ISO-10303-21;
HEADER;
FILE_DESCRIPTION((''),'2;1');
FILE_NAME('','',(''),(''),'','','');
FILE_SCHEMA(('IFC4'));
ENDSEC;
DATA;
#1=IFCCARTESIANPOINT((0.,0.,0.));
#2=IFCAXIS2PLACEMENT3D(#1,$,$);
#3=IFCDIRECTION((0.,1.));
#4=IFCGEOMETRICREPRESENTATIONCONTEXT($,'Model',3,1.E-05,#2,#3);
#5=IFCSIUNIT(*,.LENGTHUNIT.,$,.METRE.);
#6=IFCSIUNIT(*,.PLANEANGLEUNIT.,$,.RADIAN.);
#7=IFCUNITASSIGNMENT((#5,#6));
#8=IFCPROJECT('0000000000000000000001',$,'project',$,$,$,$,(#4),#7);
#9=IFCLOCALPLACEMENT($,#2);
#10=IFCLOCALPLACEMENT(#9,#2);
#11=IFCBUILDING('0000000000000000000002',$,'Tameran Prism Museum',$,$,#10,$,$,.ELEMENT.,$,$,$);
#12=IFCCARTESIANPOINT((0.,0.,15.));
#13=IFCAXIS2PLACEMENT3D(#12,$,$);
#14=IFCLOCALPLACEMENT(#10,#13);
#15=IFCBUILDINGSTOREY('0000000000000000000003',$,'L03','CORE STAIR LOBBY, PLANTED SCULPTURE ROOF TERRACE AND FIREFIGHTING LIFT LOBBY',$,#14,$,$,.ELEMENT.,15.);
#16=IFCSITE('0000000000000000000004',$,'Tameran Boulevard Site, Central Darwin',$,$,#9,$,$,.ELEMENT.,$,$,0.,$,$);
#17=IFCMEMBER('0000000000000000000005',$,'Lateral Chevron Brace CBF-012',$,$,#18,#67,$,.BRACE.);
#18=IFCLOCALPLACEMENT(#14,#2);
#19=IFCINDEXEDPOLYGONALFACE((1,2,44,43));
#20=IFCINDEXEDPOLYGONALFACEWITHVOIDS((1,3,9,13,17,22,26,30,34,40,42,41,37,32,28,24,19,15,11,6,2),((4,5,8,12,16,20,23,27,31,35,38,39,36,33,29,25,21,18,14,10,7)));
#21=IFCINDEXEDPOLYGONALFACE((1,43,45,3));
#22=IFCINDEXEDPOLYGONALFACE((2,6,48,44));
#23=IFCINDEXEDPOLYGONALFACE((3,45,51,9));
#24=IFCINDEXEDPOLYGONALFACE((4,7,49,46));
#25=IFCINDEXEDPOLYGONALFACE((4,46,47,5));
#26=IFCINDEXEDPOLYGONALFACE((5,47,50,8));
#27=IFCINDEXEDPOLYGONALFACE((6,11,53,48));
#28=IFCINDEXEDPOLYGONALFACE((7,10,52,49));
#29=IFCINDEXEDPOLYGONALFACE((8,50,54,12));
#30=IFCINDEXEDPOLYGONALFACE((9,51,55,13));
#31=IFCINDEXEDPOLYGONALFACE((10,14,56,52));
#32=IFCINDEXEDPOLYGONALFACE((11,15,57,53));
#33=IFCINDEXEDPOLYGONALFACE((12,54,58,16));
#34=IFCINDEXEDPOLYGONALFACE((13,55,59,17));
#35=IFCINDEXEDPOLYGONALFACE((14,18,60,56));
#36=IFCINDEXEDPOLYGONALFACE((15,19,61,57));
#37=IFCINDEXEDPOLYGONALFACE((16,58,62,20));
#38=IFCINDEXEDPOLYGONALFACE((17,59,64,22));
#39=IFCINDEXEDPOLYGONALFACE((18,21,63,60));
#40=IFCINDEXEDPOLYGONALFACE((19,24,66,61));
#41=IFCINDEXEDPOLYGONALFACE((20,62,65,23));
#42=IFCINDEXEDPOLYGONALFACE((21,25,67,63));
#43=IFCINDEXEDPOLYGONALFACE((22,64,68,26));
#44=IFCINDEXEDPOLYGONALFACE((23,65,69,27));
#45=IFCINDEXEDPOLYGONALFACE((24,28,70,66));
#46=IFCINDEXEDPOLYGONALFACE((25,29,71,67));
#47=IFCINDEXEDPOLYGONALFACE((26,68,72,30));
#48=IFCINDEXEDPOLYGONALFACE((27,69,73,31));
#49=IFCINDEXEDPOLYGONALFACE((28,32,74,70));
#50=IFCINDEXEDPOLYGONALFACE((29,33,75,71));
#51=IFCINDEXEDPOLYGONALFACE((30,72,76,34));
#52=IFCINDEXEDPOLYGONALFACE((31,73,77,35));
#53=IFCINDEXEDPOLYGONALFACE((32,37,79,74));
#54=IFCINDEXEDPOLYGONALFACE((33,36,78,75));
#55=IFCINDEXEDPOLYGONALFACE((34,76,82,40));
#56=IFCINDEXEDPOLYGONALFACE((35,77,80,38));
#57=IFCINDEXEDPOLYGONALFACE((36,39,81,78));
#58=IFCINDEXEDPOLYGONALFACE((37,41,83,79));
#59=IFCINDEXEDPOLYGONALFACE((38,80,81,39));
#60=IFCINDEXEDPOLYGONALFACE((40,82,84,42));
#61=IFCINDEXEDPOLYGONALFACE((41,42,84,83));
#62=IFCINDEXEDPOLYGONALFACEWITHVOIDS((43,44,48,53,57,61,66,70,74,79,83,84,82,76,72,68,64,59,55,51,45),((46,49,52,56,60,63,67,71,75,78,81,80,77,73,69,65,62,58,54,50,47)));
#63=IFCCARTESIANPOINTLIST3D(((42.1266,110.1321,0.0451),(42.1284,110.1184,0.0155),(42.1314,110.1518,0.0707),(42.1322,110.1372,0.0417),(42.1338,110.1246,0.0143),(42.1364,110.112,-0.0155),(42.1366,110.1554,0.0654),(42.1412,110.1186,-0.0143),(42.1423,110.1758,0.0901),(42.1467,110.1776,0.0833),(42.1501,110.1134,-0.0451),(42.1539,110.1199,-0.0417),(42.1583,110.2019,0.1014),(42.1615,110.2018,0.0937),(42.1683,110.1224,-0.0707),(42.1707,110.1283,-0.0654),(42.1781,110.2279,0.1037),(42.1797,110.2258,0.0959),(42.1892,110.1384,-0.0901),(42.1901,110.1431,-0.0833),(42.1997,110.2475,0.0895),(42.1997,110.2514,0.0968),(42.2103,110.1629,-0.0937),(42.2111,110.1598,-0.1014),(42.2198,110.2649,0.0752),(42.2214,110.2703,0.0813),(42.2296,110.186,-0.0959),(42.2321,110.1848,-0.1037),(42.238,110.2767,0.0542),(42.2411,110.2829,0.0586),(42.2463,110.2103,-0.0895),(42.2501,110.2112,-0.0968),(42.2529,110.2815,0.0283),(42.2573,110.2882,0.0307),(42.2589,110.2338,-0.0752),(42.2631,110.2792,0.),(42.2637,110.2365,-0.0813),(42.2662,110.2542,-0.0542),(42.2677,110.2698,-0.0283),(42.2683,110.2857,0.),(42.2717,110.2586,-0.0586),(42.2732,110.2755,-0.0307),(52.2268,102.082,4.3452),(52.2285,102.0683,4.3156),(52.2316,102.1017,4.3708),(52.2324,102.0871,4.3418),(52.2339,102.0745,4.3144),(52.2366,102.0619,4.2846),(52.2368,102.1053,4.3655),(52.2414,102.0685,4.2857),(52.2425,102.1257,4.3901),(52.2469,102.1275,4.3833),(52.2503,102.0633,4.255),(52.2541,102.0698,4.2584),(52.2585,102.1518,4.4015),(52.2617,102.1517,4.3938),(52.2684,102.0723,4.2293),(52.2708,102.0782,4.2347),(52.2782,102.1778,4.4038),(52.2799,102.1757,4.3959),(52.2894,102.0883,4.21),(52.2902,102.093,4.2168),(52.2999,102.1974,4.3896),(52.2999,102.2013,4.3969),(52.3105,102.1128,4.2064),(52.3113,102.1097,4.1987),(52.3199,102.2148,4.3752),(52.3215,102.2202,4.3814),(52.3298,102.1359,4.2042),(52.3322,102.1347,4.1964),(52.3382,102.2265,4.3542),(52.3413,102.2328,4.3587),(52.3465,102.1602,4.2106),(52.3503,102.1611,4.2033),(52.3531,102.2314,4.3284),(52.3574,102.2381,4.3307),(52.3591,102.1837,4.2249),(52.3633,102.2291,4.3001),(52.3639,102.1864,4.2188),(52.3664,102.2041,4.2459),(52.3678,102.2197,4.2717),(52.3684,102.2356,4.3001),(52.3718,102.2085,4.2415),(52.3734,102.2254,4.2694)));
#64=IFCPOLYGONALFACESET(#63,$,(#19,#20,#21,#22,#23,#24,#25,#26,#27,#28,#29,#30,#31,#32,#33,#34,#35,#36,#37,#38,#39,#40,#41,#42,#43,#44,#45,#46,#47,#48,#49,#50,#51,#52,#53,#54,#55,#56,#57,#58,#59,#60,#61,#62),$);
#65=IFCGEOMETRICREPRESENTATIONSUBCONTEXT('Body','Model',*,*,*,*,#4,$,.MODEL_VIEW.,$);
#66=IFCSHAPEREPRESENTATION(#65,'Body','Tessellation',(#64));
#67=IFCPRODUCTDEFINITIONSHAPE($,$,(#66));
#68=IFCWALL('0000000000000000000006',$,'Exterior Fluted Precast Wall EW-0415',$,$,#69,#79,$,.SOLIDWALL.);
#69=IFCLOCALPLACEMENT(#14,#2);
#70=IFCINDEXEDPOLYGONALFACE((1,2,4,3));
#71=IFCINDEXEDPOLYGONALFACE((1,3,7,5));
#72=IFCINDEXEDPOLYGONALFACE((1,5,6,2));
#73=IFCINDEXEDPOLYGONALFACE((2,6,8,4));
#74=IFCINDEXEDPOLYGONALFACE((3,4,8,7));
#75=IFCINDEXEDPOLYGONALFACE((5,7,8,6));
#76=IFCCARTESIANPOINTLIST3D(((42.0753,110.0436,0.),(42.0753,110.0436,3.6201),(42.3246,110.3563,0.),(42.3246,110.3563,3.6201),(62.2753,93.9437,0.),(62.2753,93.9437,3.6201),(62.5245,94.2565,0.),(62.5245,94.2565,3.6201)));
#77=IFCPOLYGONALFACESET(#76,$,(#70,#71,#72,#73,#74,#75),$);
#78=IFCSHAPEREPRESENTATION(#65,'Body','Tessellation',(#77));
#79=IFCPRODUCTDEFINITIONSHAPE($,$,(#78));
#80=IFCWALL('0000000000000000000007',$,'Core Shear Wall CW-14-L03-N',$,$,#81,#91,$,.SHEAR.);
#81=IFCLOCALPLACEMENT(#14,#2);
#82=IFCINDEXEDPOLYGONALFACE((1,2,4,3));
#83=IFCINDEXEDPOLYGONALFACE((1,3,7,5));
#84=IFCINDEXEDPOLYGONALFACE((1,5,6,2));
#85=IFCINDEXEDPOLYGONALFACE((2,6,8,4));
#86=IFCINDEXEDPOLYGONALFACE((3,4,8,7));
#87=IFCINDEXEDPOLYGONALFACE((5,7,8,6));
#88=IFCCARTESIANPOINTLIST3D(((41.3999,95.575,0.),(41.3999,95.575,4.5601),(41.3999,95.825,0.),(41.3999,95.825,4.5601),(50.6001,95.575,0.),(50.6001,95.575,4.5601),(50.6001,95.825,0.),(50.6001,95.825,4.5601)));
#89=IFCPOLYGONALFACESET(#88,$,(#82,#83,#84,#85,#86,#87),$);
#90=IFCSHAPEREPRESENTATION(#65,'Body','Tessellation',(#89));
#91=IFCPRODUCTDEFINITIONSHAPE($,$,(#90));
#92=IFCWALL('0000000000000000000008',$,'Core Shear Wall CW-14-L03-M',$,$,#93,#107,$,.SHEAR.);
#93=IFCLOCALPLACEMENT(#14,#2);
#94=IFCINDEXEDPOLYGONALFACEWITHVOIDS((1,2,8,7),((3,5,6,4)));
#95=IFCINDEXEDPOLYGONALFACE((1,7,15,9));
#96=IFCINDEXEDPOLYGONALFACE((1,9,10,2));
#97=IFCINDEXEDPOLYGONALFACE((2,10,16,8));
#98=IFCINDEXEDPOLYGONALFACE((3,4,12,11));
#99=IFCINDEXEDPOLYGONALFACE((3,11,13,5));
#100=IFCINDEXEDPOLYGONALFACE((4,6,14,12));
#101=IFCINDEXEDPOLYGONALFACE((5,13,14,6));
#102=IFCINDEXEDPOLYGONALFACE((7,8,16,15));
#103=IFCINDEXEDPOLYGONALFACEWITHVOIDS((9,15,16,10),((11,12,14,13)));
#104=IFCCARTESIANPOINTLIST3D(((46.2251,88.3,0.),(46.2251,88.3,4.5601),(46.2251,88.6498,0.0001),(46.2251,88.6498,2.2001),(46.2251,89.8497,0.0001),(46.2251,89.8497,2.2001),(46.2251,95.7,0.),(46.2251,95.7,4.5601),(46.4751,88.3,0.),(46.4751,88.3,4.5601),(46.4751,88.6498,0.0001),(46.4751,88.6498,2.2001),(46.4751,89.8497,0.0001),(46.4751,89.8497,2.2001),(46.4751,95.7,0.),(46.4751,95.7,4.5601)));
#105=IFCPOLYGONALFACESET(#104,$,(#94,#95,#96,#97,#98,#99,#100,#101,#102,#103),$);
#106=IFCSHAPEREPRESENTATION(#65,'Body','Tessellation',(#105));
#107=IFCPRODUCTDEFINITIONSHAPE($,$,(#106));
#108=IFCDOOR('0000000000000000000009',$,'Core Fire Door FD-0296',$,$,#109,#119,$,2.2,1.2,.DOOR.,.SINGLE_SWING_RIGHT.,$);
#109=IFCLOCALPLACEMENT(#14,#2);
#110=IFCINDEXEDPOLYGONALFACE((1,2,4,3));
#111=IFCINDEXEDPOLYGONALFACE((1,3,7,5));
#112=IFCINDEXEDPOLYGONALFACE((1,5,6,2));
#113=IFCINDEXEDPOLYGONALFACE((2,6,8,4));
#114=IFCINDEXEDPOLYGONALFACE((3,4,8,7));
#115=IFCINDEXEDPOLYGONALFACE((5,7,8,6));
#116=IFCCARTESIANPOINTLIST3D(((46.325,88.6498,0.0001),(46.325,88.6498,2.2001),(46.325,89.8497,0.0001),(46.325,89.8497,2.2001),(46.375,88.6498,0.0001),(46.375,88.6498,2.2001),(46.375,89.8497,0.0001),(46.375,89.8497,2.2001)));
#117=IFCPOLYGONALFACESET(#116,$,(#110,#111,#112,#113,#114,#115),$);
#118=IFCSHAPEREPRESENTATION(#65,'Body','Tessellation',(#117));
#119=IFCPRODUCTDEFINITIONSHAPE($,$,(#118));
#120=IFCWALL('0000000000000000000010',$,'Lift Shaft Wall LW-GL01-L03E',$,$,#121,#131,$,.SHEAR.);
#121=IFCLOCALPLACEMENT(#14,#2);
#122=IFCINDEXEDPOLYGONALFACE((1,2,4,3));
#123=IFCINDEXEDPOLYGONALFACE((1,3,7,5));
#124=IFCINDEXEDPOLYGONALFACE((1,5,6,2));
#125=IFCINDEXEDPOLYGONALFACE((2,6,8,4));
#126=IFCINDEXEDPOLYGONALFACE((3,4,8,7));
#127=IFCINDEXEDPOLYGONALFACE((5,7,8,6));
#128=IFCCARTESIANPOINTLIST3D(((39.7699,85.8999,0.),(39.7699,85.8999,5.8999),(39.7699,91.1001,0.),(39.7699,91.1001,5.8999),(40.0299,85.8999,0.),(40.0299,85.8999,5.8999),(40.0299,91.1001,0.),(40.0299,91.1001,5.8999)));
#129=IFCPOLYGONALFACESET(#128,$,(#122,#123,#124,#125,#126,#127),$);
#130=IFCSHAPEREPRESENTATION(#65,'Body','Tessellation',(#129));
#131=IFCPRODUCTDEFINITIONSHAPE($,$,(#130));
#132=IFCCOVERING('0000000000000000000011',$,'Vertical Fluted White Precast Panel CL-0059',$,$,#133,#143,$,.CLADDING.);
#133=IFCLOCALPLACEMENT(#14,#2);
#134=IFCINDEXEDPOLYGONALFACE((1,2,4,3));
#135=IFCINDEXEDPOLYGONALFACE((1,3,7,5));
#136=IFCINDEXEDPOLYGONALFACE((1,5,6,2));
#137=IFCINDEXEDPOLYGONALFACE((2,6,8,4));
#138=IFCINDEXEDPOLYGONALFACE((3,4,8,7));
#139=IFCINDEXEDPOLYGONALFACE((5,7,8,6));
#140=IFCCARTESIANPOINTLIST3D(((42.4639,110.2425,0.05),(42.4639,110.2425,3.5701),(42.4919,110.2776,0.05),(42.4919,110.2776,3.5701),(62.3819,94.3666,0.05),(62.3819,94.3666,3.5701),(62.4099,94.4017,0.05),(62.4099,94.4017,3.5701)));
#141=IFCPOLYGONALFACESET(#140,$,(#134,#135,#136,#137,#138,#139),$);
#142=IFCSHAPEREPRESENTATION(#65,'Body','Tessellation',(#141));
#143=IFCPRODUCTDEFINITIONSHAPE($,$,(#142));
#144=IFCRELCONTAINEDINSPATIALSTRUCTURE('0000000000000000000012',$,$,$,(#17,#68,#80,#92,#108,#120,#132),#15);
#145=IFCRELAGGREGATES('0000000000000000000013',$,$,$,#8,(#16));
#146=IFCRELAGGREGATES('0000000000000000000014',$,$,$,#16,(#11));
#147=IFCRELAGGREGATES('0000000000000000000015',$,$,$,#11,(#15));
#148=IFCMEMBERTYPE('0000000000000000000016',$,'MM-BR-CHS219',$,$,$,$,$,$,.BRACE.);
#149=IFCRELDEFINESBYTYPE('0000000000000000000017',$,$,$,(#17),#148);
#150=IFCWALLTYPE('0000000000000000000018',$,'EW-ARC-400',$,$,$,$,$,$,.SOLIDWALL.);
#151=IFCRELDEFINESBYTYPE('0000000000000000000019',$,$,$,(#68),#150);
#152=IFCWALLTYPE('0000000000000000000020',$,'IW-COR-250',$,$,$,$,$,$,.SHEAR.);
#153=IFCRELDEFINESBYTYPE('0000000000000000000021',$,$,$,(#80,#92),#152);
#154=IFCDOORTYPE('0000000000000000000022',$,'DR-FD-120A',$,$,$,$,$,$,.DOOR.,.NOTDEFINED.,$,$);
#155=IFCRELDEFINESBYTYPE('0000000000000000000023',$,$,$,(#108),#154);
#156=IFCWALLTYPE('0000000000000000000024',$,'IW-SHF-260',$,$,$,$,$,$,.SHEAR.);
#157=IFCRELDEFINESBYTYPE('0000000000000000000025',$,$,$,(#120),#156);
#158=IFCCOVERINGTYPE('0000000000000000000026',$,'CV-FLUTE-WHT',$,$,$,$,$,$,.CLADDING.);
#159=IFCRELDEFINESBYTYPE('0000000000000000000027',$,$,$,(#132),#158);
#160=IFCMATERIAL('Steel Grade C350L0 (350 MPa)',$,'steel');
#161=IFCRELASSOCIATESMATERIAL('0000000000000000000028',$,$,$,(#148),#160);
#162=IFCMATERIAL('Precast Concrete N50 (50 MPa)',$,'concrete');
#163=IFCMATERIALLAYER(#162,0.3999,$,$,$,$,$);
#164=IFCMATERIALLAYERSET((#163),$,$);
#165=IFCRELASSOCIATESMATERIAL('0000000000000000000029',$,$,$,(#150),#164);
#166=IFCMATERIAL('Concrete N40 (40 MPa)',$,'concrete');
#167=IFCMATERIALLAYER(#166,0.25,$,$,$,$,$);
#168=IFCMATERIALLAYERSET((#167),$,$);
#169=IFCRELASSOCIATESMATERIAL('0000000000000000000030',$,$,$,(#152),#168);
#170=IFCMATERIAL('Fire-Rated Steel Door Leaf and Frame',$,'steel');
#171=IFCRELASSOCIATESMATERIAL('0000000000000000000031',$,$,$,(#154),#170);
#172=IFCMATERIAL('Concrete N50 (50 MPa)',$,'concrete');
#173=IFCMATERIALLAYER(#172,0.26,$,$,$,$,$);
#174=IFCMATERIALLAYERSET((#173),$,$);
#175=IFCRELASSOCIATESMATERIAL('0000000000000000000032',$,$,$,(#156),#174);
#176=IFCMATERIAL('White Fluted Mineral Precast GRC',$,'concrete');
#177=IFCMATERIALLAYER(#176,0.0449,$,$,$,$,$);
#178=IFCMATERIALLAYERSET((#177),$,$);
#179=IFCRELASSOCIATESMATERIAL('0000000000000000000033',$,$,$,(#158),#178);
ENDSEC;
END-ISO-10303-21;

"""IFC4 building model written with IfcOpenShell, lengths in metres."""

from ifc_helpers import new_model, si_unit, direction, frame, frame_2d, origin, origin_2d, place, context, subcontext, project, spatial, rectangle, hollow_circle, extrude, material, layer, layer_set, material_profile, profile_set, type_object, element, fill, save


model = new_model("IFC4")

# Units and contexts
model_context = context("Model", 3, precision=1e-05, world=origin(), true_north=direction((0.0, 1.0)))
body_context = subcontext(model_context, "Body", "Model", "MODEL_VIEW")
ifc_project = project(units=[si_unit("LENGTHUNIT", "METRE"), si_unit("PLANEANGLEUNIT", "RADIAN")], contexts=[model_context])

# Site, building, storey
site_placement = place(None, origin())
site = spatial("IfcSite", under=ifc_project, at=site_placement, Name="Tameran Boulevard Site, Central Darwin", CompositionType="ELEMENT", RefElevation=0.0)
building_placement = place(site_placement, origin())
building = spatial("IfcBuilding", under=site, at=building_placement, Name="Tameran Prism Museum", CompositionType="ELEMENT")
storey_placement = place(building_placement, frame((0.0, 0.0, 15.0)))
storey = spatial("IfcBuildingStorey", under=building, at=storey_placement, Name="L03", Description="CORE STAIR LOBBY, PLANTED SCULPTURE ROOF TERRACE AND FIREFIGHTING LIFT LOBBY", CompositionType="ELEMENT", Elevation=15.0)

# Member
ifc_material_1 = material(Name="Steel Grade C350L0 (350 MPa)", Category="steel")
ifc_material_profile_1 = material_profile(ifc_material_1, hollow_circle(Radius=0.1096, WallThickness=0.0083, at=origin_2d()))
ifc_profile_set_1 = profile_set([ifc_material_profile_1])
member_type = type_object("IfcMemberType", Name="MM-BR-CHS219", PredefinedType="BRACE", material=ifc_profile_set_1)
member_placement = place(storey_placement, frame((42.2, 110.2, 0.0), z_axis=(0.741961, -0.591363, 0.315885), x_axis=(0.623276, 0.782002, 0.0)))
element("IfcMember", 1, at=member_placement, inside=storey, type_object=member_type, Name="Lateral Chevron Brace CBF-012", PredefinedType="BRACE", context=body_context, shape_type="SweptSolid", body=[
    extrude(hollow_circle(Radius=0.1096, WallThickness=0.0083, at=origin_2d()), origin(), (0.0, 0.0, 1.0), 13.6128),
])

# Walls
ifc_material_2 = material(Name="Precast Concrete N50 (50 MPa)", Category="concrete")
ifc_layer_1 = layer(ifc_material_2, 0.3999)
ifc_layer_set_1 = layer_set([ifc_layer_1])
wall_type_1 = type_object("IfcWallType", Name="EW-ARC-400", PredefinedType="SOLIDWALL", material=ifc_layer_set_1)
wall_1_placement = place(storey_placement, frame((42.2, 110.2, 0.0), z_axis=(0.0, 0.0, 1.0), x_axis=(0.782003, -0.623275, 0.0)))
element("IfcWall", 2, at=wall_1_placement, inside=storey, type_object=wall_type_1, Name="Exterior Fluted Precast Wall EW-0415", PredefinedType="SOLIDWALL", context=body_context, shape_type="SweptSolid", body=[
    extrude(rectangle(XDim=25.8311, YDim=0.3999, at=frame_2d((12.9155, 0.0))), origin(), (0.0, 0.0, 1.0), 3.6201),
])
ifc_material_3 = material(Name="Concrete N40 (40 MPa)", Category="concrete")
ifc_layer_2 = layer(ifc_material_3, 0.25)
ifc_layer_set_2 = layer_set([ifc_layer_2])
wall_type_2 = type_object("IfcWallType", Name="IW-COR-250", PredefinedType="SHEAR", material=ifc_layer_set_2)
wall_2_placement = place(storey_placement, frame((41.3999, 95.7, 0.0), z_axis=(0.0, 0.0, 1.0), x_axis=(1.0, 0.0, 0.0)))
element("IfcWall", 3, at=wall_2_placement, inside=storey, type_object=wall_type_2, Name="Core Shear Wall CW-14-L03-N", PredefinedType="SHEAR", context=body_context, shape_type="SweptSolid", body=[
    extrude(rectangle(XDim=9.2002, YDim=0.25, at=frame_2d((4.6001, 0.0))), origin(), (0.0, 0.0, 1.0), 4.5601),
])

# Wall, opening, door
wall_3_placement = place(storey_placement, frame((46.3501, 95.7, 0.0), z_axis=(0.0, 0.0, 1.0), x_axis=(0.0, -1.0, 0.0)))
wall_3 = element("IfcWall", 4, at=wall_3_placement, inside=storey, type_object=wall_type_2, Name="Core Shear Wall CW-14-L03-M", PredefinedType="SHEAR", context=body_context, shape_type="SweptSolid", body=[
    extrude(rectangle(XDim=7.3999, YDim=0.25, at=frame_2d((3.7, 0.0))), origin(), (0.0, 0.0, 1.0), 4.5601),
])
opening_placement = place(wall_3_placement, frame((5.8501, 0.0, 0.0)))
opening = element("IfcOpeningElement", 5, at=opening_placement, cuts=wall_3, PredefinedType="OPENING", context=body_context, shape_type="SweptSolid", body=[
    extrude(rectangle(XDim=1.2, YDim=2.2, at=frame_2d((0.6001, 1.1001))), frame((0.0, 0.135, 0.0), z_axis=(0.0, -1.0, 0.0), x_axis=(1.0, 0.0, 0.0)), (0.0, 0.0, 1.0), 0.27),
])
ifc_material_4 = material(Name="Fire-Rated Steel Door Leaf and Frame", Category="steel")
door_type = type_object("IfcDoorType", Name="DR-FD-120A", OperationType="NOTDEFINED", PredefinedType="DOOR", material=ifc_material_4)
door_placement = place(opening_placement, origin())
door = element("IfcDoor", 6, at=door_placement, inside=storey, type_object=door_type, Name="Core Fire Door FD-0296", OperationType="SINGLE_SWING_RIGHT", OverallHeight=2.2, OverallWidth=1.2, PredefinedType="DOOR", context=body_context, shape_type="SweptSolid", body=[
    extrude(rectangle(XDim=1.2, YDim=2.2, at=frame_2d((0.6001, 1.1001))), frame((0.0, 0.0249, 0.0), z_axis=(0.0, -1.0, 0.0), x_axis=(1.0, 0.0, 0.0)), (0.0, 0.0, 1.0), 0.05),
])
fill(opening, door)

# Wall
ifc_material_5 = material(Name="Concrete N50 (50 MPa)", Category="concrete")
ifc_layer_3 = layer(ifc_material_5, 0.26)
ifc_layer_set_3 = layer_set([ifc_layer_3])
wall_type_3 = type_object("IfcWallType", Name="IW-SHF-260", PredefinedType="SHEAR", material=ifc_layer_set_3)
wall_4_placement = place(storey_placement, frame((39.8999, 91.1001, 0.0), z_axis=(0.0, 0.0, 1.0), x_axis=(0.0, -1.0, 0.0)))
element("IfcWall", 7, at=wall_4_placement, inside=storey, type_object=wall_type_3, Name="Lift Shaft Wall LW-GL01-L03E", PredefinedType="SHEAR", context=body_context, shape_type="SweptSolid", body=[
    extrude(rectangle(XDim=5.2002, YDim=0.26, at=frame_2d((2.6001, 0.0))), origin(), (0.0, 0.0, 1.0), 5.8999),
])

# Covering
ifc_material_6 = material(Name="White Fluted Mineral Precast GRC", Category="concrete")
ifc_layer_4 = layer(ifc_material_6, 0.0449)
ifc_layer_set_4 = layer_set([ifc_layer_4])
covering_type = type_object("IfcCoveringType", Name="CV-FLUTE-WHT", PredefinedType="CLADDING", material=ifc_layer_set_4)
covering_placement = place(storey_placement, frame((42.478, 110.26, 0.05), z_axis=(0.0, 0.0, 1.0), x_axis=(0.781986, -0.623296, 0.0)))
element("IfcCovering", 8, at=covering_placement, inside=storey, type_object=covering_type, Name="Vertical Fluted White Precast Panel CL-0059", PredefinedType="CLADDING", context=body_context, shape_type="SweptSolid", body=[
    extrude(rectangle(XDim=25.4709, YDim=0.0449, at=frame_2d((12.7354, 0.0))), origin(), (0.0, 0.0, 1.0), 3.52),
])

save(model, "model.ifc")
